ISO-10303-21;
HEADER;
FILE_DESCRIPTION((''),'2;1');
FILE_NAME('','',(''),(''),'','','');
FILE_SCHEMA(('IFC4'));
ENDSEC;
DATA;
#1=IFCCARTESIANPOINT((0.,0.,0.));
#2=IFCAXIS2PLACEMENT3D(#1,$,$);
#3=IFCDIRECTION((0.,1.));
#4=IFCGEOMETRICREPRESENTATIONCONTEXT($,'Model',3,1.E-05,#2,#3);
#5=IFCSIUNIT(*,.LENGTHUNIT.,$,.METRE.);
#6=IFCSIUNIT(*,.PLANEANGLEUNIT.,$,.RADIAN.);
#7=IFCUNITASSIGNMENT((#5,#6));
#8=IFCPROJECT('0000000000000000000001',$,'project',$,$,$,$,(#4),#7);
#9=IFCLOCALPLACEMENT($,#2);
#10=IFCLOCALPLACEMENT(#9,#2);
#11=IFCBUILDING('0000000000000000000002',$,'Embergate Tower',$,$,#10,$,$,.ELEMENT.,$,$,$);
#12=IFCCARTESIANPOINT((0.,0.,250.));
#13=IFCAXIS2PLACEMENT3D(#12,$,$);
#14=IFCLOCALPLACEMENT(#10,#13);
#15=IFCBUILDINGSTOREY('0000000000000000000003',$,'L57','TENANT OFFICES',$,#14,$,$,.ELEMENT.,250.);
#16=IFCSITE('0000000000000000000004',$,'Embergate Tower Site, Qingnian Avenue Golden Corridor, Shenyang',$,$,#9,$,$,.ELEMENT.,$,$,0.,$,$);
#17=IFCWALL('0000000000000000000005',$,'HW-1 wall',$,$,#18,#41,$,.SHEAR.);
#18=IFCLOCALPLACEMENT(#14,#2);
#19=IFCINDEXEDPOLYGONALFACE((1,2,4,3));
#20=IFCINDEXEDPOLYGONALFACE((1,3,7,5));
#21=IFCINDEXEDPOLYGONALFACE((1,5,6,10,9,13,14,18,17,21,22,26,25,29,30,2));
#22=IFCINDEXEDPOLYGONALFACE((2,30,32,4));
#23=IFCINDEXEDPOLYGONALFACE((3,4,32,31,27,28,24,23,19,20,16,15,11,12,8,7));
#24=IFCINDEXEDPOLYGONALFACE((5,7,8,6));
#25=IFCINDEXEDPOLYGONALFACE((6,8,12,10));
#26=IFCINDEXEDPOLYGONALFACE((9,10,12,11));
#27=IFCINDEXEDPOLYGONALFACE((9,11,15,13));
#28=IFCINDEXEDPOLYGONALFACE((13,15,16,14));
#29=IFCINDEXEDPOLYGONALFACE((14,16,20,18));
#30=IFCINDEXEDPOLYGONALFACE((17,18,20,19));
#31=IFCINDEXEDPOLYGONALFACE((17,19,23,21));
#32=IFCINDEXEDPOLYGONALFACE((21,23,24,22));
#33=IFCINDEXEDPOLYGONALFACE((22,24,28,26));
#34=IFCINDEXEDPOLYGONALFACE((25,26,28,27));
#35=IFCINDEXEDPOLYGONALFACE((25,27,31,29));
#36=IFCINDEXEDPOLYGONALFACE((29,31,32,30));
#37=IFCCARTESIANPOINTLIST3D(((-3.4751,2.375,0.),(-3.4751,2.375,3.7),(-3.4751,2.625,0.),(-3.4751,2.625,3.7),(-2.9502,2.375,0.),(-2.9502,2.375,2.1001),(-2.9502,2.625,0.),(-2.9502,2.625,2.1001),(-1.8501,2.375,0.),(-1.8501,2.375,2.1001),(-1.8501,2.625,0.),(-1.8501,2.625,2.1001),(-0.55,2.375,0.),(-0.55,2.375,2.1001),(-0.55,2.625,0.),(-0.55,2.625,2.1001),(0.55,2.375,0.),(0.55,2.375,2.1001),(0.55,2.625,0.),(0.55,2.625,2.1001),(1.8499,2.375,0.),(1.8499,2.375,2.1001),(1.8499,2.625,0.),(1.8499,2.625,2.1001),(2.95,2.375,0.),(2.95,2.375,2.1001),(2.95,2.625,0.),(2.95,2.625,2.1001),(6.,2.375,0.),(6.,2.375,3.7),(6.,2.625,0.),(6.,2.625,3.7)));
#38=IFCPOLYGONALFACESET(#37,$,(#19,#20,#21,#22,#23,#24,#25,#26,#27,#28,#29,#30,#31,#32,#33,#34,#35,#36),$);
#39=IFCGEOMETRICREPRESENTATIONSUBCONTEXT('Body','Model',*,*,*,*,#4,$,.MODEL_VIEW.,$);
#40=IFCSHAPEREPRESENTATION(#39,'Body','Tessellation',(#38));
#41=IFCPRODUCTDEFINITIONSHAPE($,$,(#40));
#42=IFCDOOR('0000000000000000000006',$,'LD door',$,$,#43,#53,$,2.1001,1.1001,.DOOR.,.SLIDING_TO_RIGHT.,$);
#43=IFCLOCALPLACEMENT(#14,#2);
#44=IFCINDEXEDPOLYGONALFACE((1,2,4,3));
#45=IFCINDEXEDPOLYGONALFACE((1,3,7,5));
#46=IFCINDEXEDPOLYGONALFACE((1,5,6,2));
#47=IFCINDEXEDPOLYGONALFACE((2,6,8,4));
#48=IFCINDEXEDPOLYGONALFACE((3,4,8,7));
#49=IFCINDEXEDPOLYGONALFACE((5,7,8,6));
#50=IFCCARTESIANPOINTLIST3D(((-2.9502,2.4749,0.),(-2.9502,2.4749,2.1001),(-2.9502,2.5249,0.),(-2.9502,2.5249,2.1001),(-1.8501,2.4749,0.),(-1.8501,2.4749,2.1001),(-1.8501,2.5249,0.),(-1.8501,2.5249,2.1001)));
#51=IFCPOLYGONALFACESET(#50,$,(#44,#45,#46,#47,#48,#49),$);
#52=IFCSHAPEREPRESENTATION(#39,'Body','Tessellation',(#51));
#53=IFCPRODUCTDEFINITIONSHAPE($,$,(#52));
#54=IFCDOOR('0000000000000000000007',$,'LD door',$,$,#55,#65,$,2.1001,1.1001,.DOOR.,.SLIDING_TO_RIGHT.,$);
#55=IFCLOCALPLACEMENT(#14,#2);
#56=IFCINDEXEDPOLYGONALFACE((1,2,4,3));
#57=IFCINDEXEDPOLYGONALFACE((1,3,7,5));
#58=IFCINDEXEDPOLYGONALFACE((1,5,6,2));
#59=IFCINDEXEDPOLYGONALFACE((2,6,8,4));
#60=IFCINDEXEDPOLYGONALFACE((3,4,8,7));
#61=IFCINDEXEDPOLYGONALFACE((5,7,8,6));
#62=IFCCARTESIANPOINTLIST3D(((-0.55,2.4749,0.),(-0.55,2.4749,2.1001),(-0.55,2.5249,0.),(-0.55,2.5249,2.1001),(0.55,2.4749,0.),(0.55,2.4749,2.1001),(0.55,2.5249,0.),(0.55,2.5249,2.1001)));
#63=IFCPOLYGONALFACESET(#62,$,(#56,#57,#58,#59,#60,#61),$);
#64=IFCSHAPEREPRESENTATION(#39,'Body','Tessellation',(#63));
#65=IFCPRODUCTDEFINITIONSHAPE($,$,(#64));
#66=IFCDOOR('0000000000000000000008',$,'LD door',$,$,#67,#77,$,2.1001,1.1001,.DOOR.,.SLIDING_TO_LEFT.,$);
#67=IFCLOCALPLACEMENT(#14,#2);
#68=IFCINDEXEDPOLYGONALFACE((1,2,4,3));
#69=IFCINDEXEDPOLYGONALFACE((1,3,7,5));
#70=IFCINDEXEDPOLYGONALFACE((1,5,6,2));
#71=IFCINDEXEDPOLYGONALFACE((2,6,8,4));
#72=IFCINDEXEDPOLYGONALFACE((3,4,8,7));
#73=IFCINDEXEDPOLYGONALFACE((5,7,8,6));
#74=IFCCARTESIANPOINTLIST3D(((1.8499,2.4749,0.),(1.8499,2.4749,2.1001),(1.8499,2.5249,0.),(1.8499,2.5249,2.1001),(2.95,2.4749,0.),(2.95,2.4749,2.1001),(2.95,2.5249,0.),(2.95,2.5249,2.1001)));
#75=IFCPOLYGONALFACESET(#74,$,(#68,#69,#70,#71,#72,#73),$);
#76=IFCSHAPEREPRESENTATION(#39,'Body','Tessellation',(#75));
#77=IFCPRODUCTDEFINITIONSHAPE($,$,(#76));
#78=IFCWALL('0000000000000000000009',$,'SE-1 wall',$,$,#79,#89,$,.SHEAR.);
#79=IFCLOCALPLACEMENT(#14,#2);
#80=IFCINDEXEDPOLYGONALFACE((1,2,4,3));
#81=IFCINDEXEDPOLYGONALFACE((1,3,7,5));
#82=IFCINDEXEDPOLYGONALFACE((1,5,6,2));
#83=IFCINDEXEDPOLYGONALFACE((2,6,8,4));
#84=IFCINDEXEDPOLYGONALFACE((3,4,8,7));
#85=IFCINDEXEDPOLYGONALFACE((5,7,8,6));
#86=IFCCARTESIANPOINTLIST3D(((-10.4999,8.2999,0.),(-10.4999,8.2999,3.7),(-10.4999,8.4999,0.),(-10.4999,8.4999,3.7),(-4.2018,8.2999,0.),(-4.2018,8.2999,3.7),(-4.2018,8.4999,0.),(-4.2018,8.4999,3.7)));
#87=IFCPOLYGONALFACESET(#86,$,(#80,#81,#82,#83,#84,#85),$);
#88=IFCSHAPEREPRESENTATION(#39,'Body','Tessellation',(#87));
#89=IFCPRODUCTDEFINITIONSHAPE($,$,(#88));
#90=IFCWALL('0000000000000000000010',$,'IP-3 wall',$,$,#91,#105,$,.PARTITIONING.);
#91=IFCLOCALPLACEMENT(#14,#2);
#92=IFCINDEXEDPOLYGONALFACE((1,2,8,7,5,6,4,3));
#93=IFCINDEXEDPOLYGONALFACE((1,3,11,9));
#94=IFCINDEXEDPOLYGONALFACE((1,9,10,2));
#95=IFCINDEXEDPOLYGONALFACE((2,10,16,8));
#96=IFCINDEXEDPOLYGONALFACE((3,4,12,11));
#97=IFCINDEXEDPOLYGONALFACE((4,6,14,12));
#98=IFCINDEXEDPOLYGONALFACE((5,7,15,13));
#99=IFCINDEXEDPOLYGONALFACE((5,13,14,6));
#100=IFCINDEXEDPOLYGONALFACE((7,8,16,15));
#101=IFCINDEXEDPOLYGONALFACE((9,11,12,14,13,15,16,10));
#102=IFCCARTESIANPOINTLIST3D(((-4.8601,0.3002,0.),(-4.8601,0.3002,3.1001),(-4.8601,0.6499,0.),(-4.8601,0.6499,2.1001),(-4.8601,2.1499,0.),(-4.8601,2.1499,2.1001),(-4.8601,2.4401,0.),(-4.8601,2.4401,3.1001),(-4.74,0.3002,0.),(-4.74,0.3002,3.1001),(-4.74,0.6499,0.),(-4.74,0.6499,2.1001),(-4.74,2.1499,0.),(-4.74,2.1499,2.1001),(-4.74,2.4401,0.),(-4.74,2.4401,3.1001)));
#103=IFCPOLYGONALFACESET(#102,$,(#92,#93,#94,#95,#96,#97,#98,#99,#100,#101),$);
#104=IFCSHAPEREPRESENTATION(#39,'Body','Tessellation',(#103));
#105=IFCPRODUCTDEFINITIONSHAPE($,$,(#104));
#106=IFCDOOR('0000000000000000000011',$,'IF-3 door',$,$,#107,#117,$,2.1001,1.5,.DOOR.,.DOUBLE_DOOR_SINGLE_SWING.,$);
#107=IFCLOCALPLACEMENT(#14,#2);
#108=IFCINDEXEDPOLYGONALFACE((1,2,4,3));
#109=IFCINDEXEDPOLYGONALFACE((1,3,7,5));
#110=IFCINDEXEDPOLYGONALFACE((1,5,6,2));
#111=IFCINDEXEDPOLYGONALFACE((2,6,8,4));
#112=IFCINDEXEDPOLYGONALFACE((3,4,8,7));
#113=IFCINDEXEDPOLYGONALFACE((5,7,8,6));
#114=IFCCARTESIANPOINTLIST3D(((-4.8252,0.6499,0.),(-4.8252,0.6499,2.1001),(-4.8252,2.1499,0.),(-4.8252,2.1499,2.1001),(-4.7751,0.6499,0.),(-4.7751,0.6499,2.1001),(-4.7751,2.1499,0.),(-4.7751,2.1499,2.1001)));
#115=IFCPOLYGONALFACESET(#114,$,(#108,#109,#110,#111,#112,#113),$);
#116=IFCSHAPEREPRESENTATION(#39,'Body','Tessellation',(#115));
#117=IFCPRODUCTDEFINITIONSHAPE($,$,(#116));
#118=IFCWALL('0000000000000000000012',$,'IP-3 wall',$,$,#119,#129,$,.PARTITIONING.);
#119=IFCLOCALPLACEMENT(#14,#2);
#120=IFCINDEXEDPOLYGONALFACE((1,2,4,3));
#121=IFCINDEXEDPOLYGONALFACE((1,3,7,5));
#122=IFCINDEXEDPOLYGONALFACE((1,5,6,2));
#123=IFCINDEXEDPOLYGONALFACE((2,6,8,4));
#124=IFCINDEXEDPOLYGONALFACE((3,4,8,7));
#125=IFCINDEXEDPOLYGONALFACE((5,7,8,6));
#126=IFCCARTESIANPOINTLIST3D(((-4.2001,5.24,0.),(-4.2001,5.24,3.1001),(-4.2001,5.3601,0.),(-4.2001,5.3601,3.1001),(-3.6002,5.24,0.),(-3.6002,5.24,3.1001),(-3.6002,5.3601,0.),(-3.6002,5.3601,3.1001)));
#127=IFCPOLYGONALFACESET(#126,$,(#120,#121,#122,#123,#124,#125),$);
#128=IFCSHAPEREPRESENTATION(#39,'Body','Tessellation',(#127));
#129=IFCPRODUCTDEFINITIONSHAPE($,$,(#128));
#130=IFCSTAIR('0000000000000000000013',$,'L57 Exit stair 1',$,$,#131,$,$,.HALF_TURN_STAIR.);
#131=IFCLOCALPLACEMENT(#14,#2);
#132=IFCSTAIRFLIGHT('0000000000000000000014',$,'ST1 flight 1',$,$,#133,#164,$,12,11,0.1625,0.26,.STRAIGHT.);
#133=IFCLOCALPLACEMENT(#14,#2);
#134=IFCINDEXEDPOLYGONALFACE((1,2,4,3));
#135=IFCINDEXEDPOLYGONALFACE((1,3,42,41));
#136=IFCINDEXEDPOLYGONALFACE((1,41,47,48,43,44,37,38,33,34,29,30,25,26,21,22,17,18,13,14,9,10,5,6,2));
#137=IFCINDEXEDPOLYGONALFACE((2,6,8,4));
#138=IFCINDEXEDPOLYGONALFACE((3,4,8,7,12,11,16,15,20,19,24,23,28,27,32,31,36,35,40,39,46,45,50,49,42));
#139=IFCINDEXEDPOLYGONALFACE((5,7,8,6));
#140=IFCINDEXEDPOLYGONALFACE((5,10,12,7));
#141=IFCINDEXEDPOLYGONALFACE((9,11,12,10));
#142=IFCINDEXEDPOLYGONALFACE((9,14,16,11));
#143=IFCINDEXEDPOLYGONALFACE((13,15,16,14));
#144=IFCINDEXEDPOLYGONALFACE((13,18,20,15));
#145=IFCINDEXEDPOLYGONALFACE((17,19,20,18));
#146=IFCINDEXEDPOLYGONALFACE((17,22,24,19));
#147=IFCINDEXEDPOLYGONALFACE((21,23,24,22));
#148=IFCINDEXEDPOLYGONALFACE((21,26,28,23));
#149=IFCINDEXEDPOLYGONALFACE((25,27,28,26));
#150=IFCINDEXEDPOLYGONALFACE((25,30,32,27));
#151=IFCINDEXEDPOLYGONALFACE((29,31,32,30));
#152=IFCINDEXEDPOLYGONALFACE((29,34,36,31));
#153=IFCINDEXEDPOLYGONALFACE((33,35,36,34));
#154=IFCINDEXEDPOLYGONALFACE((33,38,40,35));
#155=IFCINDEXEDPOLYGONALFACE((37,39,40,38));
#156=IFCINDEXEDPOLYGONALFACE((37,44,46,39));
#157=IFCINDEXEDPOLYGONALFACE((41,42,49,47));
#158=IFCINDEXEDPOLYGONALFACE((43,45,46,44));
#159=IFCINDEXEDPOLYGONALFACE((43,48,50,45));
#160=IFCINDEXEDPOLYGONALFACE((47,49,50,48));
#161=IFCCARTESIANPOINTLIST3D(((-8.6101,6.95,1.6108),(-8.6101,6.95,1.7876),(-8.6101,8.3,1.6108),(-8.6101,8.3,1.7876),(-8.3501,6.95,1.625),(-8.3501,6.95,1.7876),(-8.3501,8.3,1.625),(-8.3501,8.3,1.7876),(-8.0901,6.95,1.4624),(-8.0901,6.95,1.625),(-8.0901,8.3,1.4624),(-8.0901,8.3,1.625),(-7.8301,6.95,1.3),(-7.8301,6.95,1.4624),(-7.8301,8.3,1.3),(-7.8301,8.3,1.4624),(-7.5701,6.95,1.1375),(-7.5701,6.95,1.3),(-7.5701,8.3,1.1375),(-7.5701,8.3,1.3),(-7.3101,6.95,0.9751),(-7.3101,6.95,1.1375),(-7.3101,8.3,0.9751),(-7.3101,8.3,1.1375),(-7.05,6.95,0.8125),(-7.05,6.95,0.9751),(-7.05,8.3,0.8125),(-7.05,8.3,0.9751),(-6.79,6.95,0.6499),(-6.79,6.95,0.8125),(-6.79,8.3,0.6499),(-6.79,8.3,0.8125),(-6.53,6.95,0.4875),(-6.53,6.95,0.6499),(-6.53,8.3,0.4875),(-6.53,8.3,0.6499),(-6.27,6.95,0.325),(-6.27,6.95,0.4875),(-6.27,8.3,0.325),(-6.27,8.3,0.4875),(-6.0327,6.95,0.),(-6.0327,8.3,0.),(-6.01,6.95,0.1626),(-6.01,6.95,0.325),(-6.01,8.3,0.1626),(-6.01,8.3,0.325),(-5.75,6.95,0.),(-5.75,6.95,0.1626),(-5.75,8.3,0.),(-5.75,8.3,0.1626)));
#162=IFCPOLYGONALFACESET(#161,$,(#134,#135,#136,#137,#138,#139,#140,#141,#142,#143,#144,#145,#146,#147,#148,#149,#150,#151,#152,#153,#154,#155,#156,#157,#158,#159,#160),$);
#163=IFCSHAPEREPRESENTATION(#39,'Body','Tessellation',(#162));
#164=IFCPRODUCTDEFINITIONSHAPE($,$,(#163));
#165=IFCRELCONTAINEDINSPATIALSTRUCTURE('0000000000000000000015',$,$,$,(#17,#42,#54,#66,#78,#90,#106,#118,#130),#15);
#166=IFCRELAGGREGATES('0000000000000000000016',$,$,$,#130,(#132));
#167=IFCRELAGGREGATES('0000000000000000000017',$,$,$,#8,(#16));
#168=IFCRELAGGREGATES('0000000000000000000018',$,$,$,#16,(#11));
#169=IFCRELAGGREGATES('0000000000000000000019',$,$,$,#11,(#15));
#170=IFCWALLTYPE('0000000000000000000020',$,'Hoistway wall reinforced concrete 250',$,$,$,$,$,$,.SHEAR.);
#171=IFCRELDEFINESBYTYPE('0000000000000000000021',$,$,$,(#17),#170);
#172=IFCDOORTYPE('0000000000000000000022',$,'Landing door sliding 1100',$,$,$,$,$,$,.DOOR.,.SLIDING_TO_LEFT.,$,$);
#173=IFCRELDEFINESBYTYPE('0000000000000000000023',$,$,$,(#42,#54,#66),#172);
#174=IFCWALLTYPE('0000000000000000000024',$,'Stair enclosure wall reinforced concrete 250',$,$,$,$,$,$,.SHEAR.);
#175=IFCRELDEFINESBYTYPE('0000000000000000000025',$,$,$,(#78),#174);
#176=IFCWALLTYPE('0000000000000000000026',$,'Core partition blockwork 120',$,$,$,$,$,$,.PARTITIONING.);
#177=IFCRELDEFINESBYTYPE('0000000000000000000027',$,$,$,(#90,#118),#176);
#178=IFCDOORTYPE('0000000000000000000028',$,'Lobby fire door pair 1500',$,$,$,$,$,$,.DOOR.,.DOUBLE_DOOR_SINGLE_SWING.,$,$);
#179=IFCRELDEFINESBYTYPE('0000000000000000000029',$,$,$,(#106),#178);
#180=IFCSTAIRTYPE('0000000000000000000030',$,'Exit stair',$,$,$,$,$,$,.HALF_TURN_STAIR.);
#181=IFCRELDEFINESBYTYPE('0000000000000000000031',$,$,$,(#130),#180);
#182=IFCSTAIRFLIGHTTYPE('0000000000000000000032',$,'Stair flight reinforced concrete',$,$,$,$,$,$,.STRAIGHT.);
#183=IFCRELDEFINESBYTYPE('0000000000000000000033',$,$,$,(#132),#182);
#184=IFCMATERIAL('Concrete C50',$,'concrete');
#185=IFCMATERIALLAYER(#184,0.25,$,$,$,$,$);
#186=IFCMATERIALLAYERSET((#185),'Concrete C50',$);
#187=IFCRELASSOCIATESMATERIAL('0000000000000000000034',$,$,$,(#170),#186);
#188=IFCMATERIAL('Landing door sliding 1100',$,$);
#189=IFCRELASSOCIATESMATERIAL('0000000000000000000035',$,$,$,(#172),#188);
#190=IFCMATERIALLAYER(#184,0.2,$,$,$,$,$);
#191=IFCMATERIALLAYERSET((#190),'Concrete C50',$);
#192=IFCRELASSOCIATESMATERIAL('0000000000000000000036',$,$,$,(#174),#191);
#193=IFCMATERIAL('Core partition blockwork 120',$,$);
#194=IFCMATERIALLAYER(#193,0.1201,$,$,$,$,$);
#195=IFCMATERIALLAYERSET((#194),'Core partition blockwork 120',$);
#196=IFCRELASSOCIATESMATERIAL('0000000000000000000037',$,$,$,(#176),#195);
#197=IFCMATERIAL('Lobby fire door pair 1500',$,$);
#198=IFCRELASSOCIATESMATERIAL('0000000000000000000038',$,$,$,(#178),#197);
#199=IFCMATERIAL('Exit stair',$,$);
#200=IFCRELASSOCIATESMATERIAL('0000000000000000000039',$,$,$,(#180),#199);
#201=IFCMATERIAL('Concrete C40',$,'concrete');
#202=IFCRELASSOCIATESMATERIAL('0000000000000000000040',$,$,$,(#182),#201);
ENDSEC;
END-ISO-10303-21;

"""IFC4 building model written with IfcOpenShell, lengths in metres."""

from ifc_helpers import new_model, si_unit, direction, frame, frame_2d, origin, place, context, subcontext, project, spatial, polyline, rectangle, outline, extrude, source, transform, mapped, material, layer, layer_set, type_object, element, fill, aggregate, save


model = new_model("IFC4")

# Units and contexts
model_context = context("Model", 3, precision=1e-05, world=origin(), true_north=direction((0.0, 1.0)))
body_context = subcontext(model_context, "Body", "Model", "MODEL_VIEW")
ifc_project = project(units=[si_unit("LENGTHUNIT", "METRE"), si_unit("PLANEANGLEUNIT", "RADIAN")], contexts=[model_context])

# Site, building, storey
site_placement = place(None, origin())
site = spatial("IfcSite", under=ifc_project, at=site_placement, Name="Embergate Tower Site, Qingnian Avenue Golden Corridor, Shenyang", CompositionType="ELEMENT", RefElevation=0.0)
building_placement = place(site_placement, origin())
building = spatial("IfcBuilding", under=site, at=building_placement, Name="Embergate Tower", CompositionType="ELEMENT")
storey_placement = place(building_placement, frame((0.0, 0.0, 250.0)))
storey = spatial("IfcBuildingStorey", under=building, at=storey_placement, Name="L57", Description="TENANT OFFICES", CompositionType="ELEMENT", Elevation=250.0)

# Shared definitions
ifc_material_1 = material(Name="Concrete C50", Category="concrete")
ifc_layer_1 = layer(ifc_material_1, 0.25)
ifc_layer_set_1 = layer_set([ifc_layer_1], Name="Concrete C50")
wall_type_1 = type_object("IfcWallType", Name="Hoistway wall reinforced concrete 250", PredefinedType="SHEAR", material=ifc_layer_set_1)

# Shared definitions
shared_shape_1 = source(origin(), body_context, "Body", "SweptSolid", [
    extrude(rectangle(XDim=1.1001, YDim=2.1001, at=frame_2d((0.55, 1.05))), frame((0.0, 0.135, 0.0), z_axis=(0.0, -1.0, 0.0), x_axis=(1.0, 0.0, 0.0)), (0.0, 0.0, 1.0), 0.27),
])
ifc_material_2 = material(Name="Landing door sliding 1100")
door_type_1 = type_object("IfcDoorType", Name="Landing door sliding 1100", OperationType="SLIDING_TO_LEFT", PredefinedType="DOOR", material=ifc_material_2)
shared_shape_2 = source(origin(), body_context, "Body", "SweptSolid", [
    extrude(rectangle(XDim=1.1001, YDim=2.1001, at=frame_2d((0.55, 1.05))), frame((0.0, 0.0249, 0.0), z_axis=(0.0, -1.0, 0.0), x_axis=(1.0, 0.0, 0.0)), (0.0, 0.0, 1.0), 0.05),
])

# Shared definitions
ifc_layer_2 = layer(ifc_material_1, 0.2)
ifc_layer_set_2 = layer_set([ifc_layer_2], Name="Concrete C50")
wall_type_2 = type_object("IfcWallType", Name="Stair enclosure wall reinforced concrete 250", PredefinedType="SHEAR", material=ifc_layer_set_2)

# Wall, openings, doors
shared_shape_3 = source(origin(), body_context, "Body", "SweptSolid", [
    extrude(rectangle(XDim=9.4751, YDim=0.25, at=frame_2d((4.7375, 0.0))), origin(), (0.0, 0.0, 1.0), 3.7),
])
wall_1_placement = place(storey_placement, frame((-3.4751, 2.5, 0.0), z_axis=(0.0, 0.0, 1.0), x_axis=(1.0, 0.0, 0.0)))
wall_1 = element("IfcWall", 1, at=wall_1_placement, inside=storey, type_object=wall_type_1, Name="HW-1 wall", PredefinedType="SHEAR", context=body_context, shape_type="MappedRepresentation", body=[
    mapped(shared_shape_3, transform((0.0, 0.0, 0.0))),
])
opening_1_placement = place(wall_1_placement, frame((0.5249, 0.0, 0.0)))
opening_1 = element("IfcOpeningElement", 2, at=opening_1_placement, cuts=wall_1, PredefinedType="OPENING", context=body_context, shape_type="MappedRepresentation", body=[
    mapped(shared_shape_1, transform((0.0, 0.0, 0.0))),
])
opening_2_placement = place(wall_1_placement, frame((2.925, 0.0, 0.0)))
opening_2 = element("IfcOpeningElement", 3, at=opening_2_placement, cuts=wall_1, PredefinedType="OPENING", context=body_context, shape_type="MappedRepresentation", body=[
    mapped(shared_shape_1, transform((0.0, 0.0, 0.0))),
])
opening_3_placement = place(wall_1_placement, frame((5.325, 0.0, 0.0)))
opening_3 = element("IfcOpeningElement", 4, at=opening_3_placement, cuts=wall_1, PredefinedType="OPENING", context=body_context, shape_type="MappedRepresentation", body=[
    mapped(shared_shape_1, transform((0.0, 0.0, 0.0))),
])
door_1_placement = place(opening_1_placement, origin())
door_1 = element("IfcDoor", 5, at=door_1_placement, inside=storey, type_object=door_type_1, Name="LD door", OperationType="SLIDING_TO_RIGHT", OverallHeight=2.1001, OverallWidth=1.1001, PredefinedType="DOOR", context=body_context, shape_type="MappedRepresentation", body=[
    mapped(shared_shape_2, transform((0.0, 0.0, 0.0))),
])
fill(opening_1, door_1)
door_2_placement = place(opening_2_placement, origin())
door_2 = element("IfcDoor", 6, at=door_2_placement, inside=storey, type_object=door_type_1, Name="LD door", OperationType="SLIDING_TO_RIGHT", OverallHeight=2.1001, OverallWidth=1.1001, PredefinedType="DOOR", context=body_context, shape_type="MappedRepresentation", body=[
    mapped(shared_shape_2, transform((0.0, 0.0, 0.0))),
])
fill(opening_2, door_2)
door_3_placement = place(opening_3_placement, origin())
door_3 = element("IfcDoor", 7, at=door_3_placement, inside=storey, type_object=door_type_1, Name="LD door", OperationType="SLIDING_TO_LEFT", OverallHeight=2.1001, OverallWidth=1.1001, PredefinedType="DOOR", context=body_context, shape_type="MappedRepresentation", body=[
    mapped(shared_shape_2, transform((0.0, 0.0, 0.0))),
])
fill(opening_3, door_3)

# Wall
shared_shape_4 = source(origin(), body_context, "Body", "SweptSolid", [
    extrude(rectangle(XDim=6.2981, YDim=0.2, at=frame_2d((3.1489, 0.0))), origin(), (0.0, 0.0, 1.0), 3.7),
])
wall_2_placement = place(storey_placement, frame((-4.2019, 8.3999, 0.0), z_axis=(0.0, 0.0, 1.0), x_axis=(-1.0, 0.0, 0.0)))
element("IfcWall", 8, at=wall_2_placement, inside=storey, type_object=wall_type_2, Name="SE-1 wall", PredefinedType="SHEAR", context=body_context, shape_type="MappedRepresentation", body=[
    mapped(shared_shape_4, transform((0.0, 0.0, 0.0))),
])

# Wall, opening, door
ifc_material_3 = material(Name="Core partition blockwork 120")
ifc_layer_3 = layer(ifc_material_3, 0.1201)
ifc_layer_set_3 = layer_set([ifc_layer_3], Name="Core partition blockwork 120")
wall_type_3 = type_object("IfcWallType", Name="Core partition blockwork 120", PredefinedType="PARTITIONING", material=ifc_layer_set_3)
shared_shape_5 = source(origin(), body_context, "Body", "SweptSolid", [
    extrude(rectangle(XDim=2.1399, YDim=0.1201, at=frame_2d((1.0698, 0.0))), origin(), (0.0, 0.0, 1.0), 3.1001),
])
wall_3_placement = place(storey_placement, frame((-4.8, 2.4399, 0.0), z_axis=(0.0, 0.0, 1.0), x_axis=(0.0, -1.0, 0.0)))
wall_3 = element("IfcWall", 9, at=wall_3_placement, inside=storey, type_object=wall_type_3, Name="IP-3 wall", PredefinedType="PARTITIONING", context=body_context, shape_type="MappedRepresentation", body=[
    mapped(shared_shape_5, transform((0.0, 0.0, 0.0))),
])
shared_shape_6 = source(origin(), body_context, "Body", "SweptSolid", [
    extrude(rectangle(XDim=1.5, YDim=2.1001, at=frame_2d((0.75, 1.05))), frame((0.0, 0.0701, 0.0), z_axis=(0.0, -1.0, 0.0), x_axis=(1.0, 0.0, 0.0)), (0.0, 0.0, 1.0), 0.1401),
])
opening_4_placement = place(wall_3_placement, frame((0.29, 0.0, 0.0)))
opening_4 = element("IfcOpeningElement", 10, at=opening_4_placement, cuts=wall_3, PredefinedType="OPENING", context=body_context, shape_type="MappedRepresentation", body=[
    mapped(shared_shape_6, transform((0.0, 0.0, 0.0))),
])
ifc_material_4 = material(Name="Lobby fire door pair 1500")
door_type_2 = type_object("IfcDoorType", Name="Lobby fire door pair 1500", OperationType="DOUBLE_DOOR_SINGLE_SWING", PredefinedType="DOOR", material=ifc_material_4)
shared_shape_7 = source(origin(), body_context, "Body", "SweptSolid", [
    extrude(rectangle(XDim=1.5, YDim=2.1001, at=frame_2d((0.75, 1.05))), frame((0.0, 0.0249, 0.0), z_axis=(0.0, -1.0, 0.0), x_axis=(1.0, 0.0, 0.0)), (0.0, 0.0, 1.0), 0.05),
])
door_4_placement = place(opening_4_placement, origin())
door_4 = element("IfcDoor", 11, at=door_4_placement, inside=storey, type_object=door_type_2, Name="IF-3 door", OperationType="DOUBLE_DOOR_SINGLE_SWING", OverallHeight=2.1001, OverallWidth=1.5, PredefinedType="DOOR", context=body_context, shape_type="MappedRepresentation", body=[
    mapped(shared_shape_7, transform((0.0, 0.0, 0.0))),
])
fill(opening_4, door_4)

# Wall
shared_shape_8 = source(origin(), body_context, "Body", "SweptSolid", [
    extrude(rectangle(XDim=0.5999, YDim=0.1201, at=frame_2d((0.2998, 0.0))), origin(), (0.0, 0.0, 1.0), 3.1001),
])
wall_4_placement = place(storey_placement, frame((-4.2, 5.3, 0.0), z_axis=(0.0, 0.0, 1.0), x_axis=(1.0, 0.0, 0.0)))
element("IfcWall", 12, at=wall_4_placement, inside=storey, type_object=wall_type_3, Name="IP-3 wall", PredefinedType="PARTITIONING", context=body_context, shape_type="MappedRepresentation", body=[
    mapped(shared_shape_8, transform((0.0, 0.0, 0.0))),
])

# Stair, stair flight
ifc_material_5 = material(Name="Exit stair")
stair_type = type_object("IfcStairType", Name="Exit stair", PredefinedType="HALF_TURN_STAIR", material=ifc_material_5)
stair_placement = place(storey_placement, origin())
stair = element("IfcStair", 13, at=stair_placement, inside=storey, type_object=stair_type, Name="L57 Exit stair 1", PredefinedType="HALF_TURN_STAIR")
ifc_material_6 = material(Name="Concrete C40", Category="concrete")
stair_flight_type = type_object("IfcStairFlightType", Name="Stair flight reinforced concrete", PredefinedType="STRAIGHT", material=ifc_material_6)
shared_shape_9 = source(origin(), body_context, "Body", "SweptSolid", [
    extrude(outline(polyline([(0.0, 0.0), (0.0, 0.1626), (0.26, 0.1626), (0.26, 0.325), (0.52, 0.325), (0.52, 0.4875), (0.78, 0.4875), (0.78, 0.6499), (1.04, 0.6499), (1.04, 0.8125), (1.3, 0.8125), (1.3, 0.9751), (1.5601, 0.9751), (1.5601, 1.1375), (1.8201, 1.1375), (1.8201, 1.3), (2.0801, 1.3), (2.0801, 1.4624), (2.3401, 1.4624), (2.3401, 1.625), (2.6001, 1.625), (2.6001, 1.7876), (2.8601, 1.7876), (2.8601, 1.95), (2.8601, 1.6108), (0.2827, 0.0), (0.0, 0.0)])), frame((0.0, 0.675, 0.0), z_axis=(0.0, -1.0, 0.0), x_axis=(1.0, 0.0, 0.0)), (0.0, 0.0, 1.0), 1.3501),
])
stair_flight_placement = place(storey_placement, frame((-5.75, 7.625, 0.0), z_axis=(0.0, 0.0, 1.0), x_axis=(-1.0, 0.0, 0.0)))
stair_flight = element("IfcStairFlight", 14, at=stair_flight_placement, type_object=stair_flight_type, Name="ST1 flight 1", NumberOfRisers=12, NumberOfTreads=11, PredefinedType="STRAIGHT", RiserHeight=0.1625, TreadLength=0.26, context=body_context, shape_type="MappedRepresentation", body=[
    mapped(shared_shape_9, transform((0.0, 0.0, 0.0))),
])
aggregate(stair, [stair_flight])

save(model, "model.ifc")
